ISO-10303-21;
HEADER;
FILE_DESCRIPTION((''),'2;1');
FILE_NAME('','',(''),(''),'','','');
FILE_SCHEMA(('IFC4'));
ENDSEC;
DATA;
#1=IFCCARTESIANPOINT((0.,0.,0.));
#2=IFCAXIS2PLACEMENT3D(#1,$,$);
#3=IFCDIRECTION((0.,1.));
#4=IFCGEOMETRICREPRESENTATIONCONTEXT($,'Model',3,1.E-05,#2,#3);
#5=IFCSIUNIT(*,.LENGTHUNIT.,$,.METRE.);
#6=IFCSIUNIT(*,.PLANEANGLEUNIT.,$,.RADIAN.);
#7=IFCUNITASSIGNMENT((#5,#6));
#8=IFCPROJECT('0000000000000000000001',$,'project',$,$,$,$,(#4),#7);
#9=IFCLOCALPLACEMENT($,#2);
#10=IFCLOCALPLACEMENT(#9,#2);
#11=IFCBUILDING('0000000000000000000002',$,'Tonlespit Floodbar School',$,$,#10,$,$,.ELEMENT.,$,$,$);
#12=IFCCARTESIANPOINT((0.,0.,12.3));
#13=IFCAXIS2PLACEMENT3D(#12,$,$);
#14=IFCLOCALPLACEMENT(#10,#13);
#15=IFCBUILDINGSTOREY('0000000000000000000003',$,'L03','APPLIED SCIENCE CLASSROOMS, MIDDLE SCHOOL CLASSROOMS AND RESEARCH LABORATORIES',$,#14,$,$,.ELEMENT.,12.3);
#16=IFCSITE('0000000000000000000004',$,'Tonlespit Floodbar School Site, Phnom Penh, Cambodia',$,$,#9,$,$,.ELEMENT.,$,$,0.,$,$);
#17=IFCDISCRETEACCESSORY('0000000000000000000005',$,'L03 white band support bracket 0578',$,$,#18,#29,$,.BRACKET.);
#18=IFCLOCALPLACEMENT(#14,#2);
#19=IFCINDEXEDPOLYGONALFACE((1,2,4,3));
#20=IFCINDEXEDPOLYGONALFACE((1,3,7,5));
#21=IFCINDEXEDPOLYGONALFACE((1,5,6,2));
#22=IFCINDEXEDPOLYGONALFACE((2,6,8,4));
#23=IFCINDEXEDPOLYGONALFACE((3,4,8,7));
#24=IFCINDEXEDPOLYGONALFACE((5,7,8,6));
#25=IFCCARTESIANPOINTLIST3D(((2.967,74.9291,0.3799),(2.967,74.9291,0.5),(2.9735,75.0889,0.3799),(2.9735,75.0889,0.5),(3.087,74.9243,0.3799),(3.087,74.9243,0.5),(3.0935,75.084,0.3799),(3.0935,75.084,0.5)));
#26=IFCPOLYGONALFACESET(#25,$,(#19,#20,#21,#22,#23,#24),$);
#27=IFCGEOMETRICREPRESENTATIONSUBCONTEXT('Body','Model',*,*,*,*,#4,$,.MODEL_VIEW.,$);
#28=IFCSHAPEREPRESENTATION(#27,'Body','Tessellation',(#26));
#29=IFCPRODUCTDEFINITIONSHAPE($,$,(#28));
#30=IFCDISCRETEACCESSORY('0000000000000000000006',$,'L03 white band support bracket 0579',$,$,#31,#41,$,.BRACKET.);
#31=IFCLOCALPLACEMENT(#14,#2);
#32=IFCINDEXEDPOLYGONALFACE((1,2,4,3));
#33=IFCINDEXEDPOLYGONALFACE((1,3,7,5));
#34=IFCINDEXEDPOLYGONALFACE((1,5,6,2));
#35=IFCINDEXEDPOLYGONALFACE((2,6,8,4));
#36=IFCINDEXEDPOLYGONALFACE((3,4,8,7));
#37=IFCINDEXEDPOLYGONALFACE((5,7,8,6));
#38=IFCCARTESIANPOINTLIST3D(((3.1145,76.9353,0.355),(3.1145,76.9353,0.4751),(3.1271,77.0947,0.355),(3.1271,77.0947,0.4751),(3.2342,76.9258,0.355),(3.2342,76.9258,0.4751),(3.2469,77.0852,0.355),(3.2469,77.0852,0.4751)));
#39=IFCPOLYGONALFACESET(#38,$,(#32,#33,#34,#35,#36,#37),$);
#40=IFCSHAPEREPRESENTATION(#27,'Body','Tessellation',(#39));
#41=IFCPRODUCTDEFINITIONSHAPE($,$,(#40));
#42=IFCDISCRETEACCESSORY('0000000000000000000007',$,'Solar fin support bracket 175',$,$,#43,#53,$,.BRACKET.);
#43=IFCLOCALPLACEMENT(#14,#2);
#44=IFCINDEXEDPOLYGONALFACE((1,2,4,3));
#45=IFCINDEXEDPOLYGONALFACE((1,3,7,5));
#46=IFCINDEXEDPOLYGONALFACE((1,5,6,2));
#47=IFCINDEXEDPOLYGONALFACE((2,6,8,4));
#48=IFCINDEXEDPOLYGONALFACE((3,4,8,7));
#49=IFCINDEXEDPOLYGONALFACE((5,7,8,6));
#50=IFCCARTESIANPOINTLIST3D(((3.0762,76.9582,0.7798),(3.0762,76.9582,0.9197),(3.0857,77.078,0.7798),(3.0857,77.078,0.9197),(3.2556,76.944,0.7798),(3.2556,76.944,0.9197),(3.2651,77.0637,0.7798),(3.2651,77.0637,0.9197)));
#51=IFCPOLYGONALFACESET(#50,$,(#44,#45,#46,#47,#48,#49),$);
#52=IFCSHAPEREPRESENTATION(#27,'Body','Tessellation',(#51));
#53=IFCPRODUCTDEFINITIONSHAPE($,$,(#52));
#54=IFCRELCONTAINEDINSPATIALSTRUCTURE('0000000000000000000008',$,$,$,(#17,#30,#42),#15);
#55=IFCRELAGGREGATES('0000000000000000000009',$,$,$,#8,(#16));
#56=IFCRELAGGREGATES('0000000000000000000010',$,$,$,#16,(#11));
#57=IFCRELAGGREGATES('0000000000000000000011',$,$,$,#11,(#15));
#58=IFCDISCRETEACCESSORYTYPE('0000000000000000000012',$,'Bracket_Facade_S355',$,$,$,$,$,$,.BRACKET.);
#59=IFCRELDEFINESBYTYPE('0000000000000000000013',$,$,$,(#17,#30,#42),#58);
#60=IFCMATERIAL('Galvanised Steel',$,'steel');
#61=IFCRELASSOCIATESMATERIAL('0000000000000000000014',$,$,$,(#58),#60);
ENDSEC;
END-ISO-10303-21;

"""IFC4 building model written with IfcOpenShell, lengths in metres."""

from ifc_helpers import new_model, si_unit, direction, frame, origin, origin_2d, place, context, subcontext, project, spatial, rectangle, extrude, material, type_object, element, save


model = new_model("IFC4")

# Units and contexts
model_context = context("Model", 3, precision=1e-05, world=origin(), true_north=direction((0.0, 1.0)))
body_context = subcontext(model_context, "Body", "Model", "MODEL_VIEW")
ifc_project = project(units=[si_unit("LENGTHUNIT", "METRE"), si_unit("PLANEANGLEUNIT", "RADIAN")], contexts=[model_context])

# Site, building, storey
site_placement = place(None, origin())
site = spatial("IfcSite", under=ifc_project, at=site_placement, Name="Tonlespit Floodbar School Site, Phnom Penh, Cambodia", CompositionType="ELEMENT", RefElevation=0.0)
building_placement = place(site_placement, origin())
building = spatial("IfcBuilding", under=site, at=building_placement, Name="Tonlespit Floodbar School", CompositionType="ELEMENT")
storey_placement = place(building_placement, frame((0.0, 0.0, 12.3)))
storey = spatial("IfcBuildingStorey", under=building, at=storey_placement, Name="L03", Description="APPLIED SCIENCE CLASSROOMS, MIDDLE SCHOOL CLASSROOMS AND RESEARCH LABORATORIES", CompositionType="ELEMENT", Elevation=12.3)

# Discrete accessories
ifc_material_1 = material(Name="Galvanised Steel", Category="steel")
discrete_accessory_type = type_object("IfcDiscreteAccessoryType", Name="Bracket_Facade_S355", PredefinedType="BRACKET", material=ifc_material_1)
for number, where, z_axis, x_axis, name in (
    (1, (3.0303, 75.0066, 0.3799), (0.0, 0.0, 1.0), (0.040716, 0.999171, 0.0), "L03 white band support bracket 0578"),
    (2, (3.1807, 77.0103, 0.355), (0.0, 0.0, 1.0), (0.079002, 0.996874, 0.0), "L03 white band support bracket 0579"),
):
    element("IfcDiscreteAccessory", number, at=place(storey_placement, frame(where, z_axis=z_axis, x_axis=x_axis)), inside=storey, type_object=discrete_accessory_type, Name=name, PredefinedType="BRACKET", context=body_context, shape_type="SweptSolid", body=[
        extrude(rectangle(XDim=0.1599, YDim=0.1201, at=origin_2d()), origin(), (0.0, 0.0, 1.0), 0.1201),
    ])
discrete_accessory_1_placement = place(storey_placement, frame((3.1707, 77.011, 0.7798), z_axis=(0.0, 0.0, 1.0), x_axis=(0.079002, 0.996874, 0.0)))
element("IfcDiscreteAccessory", 3, at=discrete_accessory_1_placement, inside=storey, type_object=discrete_accessory_type, Name="Solar fin support bracket 175", PredefinedType="BRACKET", context=body_context, shape_type="SweptSolid", body=[
    extrude(rectangle(XDim=0.1201, YDim=0.1799, at=origin_2d()), origin(), (0.0, 0.0, 1.0), 0.1399),
])

save(model, "model.ifc")
